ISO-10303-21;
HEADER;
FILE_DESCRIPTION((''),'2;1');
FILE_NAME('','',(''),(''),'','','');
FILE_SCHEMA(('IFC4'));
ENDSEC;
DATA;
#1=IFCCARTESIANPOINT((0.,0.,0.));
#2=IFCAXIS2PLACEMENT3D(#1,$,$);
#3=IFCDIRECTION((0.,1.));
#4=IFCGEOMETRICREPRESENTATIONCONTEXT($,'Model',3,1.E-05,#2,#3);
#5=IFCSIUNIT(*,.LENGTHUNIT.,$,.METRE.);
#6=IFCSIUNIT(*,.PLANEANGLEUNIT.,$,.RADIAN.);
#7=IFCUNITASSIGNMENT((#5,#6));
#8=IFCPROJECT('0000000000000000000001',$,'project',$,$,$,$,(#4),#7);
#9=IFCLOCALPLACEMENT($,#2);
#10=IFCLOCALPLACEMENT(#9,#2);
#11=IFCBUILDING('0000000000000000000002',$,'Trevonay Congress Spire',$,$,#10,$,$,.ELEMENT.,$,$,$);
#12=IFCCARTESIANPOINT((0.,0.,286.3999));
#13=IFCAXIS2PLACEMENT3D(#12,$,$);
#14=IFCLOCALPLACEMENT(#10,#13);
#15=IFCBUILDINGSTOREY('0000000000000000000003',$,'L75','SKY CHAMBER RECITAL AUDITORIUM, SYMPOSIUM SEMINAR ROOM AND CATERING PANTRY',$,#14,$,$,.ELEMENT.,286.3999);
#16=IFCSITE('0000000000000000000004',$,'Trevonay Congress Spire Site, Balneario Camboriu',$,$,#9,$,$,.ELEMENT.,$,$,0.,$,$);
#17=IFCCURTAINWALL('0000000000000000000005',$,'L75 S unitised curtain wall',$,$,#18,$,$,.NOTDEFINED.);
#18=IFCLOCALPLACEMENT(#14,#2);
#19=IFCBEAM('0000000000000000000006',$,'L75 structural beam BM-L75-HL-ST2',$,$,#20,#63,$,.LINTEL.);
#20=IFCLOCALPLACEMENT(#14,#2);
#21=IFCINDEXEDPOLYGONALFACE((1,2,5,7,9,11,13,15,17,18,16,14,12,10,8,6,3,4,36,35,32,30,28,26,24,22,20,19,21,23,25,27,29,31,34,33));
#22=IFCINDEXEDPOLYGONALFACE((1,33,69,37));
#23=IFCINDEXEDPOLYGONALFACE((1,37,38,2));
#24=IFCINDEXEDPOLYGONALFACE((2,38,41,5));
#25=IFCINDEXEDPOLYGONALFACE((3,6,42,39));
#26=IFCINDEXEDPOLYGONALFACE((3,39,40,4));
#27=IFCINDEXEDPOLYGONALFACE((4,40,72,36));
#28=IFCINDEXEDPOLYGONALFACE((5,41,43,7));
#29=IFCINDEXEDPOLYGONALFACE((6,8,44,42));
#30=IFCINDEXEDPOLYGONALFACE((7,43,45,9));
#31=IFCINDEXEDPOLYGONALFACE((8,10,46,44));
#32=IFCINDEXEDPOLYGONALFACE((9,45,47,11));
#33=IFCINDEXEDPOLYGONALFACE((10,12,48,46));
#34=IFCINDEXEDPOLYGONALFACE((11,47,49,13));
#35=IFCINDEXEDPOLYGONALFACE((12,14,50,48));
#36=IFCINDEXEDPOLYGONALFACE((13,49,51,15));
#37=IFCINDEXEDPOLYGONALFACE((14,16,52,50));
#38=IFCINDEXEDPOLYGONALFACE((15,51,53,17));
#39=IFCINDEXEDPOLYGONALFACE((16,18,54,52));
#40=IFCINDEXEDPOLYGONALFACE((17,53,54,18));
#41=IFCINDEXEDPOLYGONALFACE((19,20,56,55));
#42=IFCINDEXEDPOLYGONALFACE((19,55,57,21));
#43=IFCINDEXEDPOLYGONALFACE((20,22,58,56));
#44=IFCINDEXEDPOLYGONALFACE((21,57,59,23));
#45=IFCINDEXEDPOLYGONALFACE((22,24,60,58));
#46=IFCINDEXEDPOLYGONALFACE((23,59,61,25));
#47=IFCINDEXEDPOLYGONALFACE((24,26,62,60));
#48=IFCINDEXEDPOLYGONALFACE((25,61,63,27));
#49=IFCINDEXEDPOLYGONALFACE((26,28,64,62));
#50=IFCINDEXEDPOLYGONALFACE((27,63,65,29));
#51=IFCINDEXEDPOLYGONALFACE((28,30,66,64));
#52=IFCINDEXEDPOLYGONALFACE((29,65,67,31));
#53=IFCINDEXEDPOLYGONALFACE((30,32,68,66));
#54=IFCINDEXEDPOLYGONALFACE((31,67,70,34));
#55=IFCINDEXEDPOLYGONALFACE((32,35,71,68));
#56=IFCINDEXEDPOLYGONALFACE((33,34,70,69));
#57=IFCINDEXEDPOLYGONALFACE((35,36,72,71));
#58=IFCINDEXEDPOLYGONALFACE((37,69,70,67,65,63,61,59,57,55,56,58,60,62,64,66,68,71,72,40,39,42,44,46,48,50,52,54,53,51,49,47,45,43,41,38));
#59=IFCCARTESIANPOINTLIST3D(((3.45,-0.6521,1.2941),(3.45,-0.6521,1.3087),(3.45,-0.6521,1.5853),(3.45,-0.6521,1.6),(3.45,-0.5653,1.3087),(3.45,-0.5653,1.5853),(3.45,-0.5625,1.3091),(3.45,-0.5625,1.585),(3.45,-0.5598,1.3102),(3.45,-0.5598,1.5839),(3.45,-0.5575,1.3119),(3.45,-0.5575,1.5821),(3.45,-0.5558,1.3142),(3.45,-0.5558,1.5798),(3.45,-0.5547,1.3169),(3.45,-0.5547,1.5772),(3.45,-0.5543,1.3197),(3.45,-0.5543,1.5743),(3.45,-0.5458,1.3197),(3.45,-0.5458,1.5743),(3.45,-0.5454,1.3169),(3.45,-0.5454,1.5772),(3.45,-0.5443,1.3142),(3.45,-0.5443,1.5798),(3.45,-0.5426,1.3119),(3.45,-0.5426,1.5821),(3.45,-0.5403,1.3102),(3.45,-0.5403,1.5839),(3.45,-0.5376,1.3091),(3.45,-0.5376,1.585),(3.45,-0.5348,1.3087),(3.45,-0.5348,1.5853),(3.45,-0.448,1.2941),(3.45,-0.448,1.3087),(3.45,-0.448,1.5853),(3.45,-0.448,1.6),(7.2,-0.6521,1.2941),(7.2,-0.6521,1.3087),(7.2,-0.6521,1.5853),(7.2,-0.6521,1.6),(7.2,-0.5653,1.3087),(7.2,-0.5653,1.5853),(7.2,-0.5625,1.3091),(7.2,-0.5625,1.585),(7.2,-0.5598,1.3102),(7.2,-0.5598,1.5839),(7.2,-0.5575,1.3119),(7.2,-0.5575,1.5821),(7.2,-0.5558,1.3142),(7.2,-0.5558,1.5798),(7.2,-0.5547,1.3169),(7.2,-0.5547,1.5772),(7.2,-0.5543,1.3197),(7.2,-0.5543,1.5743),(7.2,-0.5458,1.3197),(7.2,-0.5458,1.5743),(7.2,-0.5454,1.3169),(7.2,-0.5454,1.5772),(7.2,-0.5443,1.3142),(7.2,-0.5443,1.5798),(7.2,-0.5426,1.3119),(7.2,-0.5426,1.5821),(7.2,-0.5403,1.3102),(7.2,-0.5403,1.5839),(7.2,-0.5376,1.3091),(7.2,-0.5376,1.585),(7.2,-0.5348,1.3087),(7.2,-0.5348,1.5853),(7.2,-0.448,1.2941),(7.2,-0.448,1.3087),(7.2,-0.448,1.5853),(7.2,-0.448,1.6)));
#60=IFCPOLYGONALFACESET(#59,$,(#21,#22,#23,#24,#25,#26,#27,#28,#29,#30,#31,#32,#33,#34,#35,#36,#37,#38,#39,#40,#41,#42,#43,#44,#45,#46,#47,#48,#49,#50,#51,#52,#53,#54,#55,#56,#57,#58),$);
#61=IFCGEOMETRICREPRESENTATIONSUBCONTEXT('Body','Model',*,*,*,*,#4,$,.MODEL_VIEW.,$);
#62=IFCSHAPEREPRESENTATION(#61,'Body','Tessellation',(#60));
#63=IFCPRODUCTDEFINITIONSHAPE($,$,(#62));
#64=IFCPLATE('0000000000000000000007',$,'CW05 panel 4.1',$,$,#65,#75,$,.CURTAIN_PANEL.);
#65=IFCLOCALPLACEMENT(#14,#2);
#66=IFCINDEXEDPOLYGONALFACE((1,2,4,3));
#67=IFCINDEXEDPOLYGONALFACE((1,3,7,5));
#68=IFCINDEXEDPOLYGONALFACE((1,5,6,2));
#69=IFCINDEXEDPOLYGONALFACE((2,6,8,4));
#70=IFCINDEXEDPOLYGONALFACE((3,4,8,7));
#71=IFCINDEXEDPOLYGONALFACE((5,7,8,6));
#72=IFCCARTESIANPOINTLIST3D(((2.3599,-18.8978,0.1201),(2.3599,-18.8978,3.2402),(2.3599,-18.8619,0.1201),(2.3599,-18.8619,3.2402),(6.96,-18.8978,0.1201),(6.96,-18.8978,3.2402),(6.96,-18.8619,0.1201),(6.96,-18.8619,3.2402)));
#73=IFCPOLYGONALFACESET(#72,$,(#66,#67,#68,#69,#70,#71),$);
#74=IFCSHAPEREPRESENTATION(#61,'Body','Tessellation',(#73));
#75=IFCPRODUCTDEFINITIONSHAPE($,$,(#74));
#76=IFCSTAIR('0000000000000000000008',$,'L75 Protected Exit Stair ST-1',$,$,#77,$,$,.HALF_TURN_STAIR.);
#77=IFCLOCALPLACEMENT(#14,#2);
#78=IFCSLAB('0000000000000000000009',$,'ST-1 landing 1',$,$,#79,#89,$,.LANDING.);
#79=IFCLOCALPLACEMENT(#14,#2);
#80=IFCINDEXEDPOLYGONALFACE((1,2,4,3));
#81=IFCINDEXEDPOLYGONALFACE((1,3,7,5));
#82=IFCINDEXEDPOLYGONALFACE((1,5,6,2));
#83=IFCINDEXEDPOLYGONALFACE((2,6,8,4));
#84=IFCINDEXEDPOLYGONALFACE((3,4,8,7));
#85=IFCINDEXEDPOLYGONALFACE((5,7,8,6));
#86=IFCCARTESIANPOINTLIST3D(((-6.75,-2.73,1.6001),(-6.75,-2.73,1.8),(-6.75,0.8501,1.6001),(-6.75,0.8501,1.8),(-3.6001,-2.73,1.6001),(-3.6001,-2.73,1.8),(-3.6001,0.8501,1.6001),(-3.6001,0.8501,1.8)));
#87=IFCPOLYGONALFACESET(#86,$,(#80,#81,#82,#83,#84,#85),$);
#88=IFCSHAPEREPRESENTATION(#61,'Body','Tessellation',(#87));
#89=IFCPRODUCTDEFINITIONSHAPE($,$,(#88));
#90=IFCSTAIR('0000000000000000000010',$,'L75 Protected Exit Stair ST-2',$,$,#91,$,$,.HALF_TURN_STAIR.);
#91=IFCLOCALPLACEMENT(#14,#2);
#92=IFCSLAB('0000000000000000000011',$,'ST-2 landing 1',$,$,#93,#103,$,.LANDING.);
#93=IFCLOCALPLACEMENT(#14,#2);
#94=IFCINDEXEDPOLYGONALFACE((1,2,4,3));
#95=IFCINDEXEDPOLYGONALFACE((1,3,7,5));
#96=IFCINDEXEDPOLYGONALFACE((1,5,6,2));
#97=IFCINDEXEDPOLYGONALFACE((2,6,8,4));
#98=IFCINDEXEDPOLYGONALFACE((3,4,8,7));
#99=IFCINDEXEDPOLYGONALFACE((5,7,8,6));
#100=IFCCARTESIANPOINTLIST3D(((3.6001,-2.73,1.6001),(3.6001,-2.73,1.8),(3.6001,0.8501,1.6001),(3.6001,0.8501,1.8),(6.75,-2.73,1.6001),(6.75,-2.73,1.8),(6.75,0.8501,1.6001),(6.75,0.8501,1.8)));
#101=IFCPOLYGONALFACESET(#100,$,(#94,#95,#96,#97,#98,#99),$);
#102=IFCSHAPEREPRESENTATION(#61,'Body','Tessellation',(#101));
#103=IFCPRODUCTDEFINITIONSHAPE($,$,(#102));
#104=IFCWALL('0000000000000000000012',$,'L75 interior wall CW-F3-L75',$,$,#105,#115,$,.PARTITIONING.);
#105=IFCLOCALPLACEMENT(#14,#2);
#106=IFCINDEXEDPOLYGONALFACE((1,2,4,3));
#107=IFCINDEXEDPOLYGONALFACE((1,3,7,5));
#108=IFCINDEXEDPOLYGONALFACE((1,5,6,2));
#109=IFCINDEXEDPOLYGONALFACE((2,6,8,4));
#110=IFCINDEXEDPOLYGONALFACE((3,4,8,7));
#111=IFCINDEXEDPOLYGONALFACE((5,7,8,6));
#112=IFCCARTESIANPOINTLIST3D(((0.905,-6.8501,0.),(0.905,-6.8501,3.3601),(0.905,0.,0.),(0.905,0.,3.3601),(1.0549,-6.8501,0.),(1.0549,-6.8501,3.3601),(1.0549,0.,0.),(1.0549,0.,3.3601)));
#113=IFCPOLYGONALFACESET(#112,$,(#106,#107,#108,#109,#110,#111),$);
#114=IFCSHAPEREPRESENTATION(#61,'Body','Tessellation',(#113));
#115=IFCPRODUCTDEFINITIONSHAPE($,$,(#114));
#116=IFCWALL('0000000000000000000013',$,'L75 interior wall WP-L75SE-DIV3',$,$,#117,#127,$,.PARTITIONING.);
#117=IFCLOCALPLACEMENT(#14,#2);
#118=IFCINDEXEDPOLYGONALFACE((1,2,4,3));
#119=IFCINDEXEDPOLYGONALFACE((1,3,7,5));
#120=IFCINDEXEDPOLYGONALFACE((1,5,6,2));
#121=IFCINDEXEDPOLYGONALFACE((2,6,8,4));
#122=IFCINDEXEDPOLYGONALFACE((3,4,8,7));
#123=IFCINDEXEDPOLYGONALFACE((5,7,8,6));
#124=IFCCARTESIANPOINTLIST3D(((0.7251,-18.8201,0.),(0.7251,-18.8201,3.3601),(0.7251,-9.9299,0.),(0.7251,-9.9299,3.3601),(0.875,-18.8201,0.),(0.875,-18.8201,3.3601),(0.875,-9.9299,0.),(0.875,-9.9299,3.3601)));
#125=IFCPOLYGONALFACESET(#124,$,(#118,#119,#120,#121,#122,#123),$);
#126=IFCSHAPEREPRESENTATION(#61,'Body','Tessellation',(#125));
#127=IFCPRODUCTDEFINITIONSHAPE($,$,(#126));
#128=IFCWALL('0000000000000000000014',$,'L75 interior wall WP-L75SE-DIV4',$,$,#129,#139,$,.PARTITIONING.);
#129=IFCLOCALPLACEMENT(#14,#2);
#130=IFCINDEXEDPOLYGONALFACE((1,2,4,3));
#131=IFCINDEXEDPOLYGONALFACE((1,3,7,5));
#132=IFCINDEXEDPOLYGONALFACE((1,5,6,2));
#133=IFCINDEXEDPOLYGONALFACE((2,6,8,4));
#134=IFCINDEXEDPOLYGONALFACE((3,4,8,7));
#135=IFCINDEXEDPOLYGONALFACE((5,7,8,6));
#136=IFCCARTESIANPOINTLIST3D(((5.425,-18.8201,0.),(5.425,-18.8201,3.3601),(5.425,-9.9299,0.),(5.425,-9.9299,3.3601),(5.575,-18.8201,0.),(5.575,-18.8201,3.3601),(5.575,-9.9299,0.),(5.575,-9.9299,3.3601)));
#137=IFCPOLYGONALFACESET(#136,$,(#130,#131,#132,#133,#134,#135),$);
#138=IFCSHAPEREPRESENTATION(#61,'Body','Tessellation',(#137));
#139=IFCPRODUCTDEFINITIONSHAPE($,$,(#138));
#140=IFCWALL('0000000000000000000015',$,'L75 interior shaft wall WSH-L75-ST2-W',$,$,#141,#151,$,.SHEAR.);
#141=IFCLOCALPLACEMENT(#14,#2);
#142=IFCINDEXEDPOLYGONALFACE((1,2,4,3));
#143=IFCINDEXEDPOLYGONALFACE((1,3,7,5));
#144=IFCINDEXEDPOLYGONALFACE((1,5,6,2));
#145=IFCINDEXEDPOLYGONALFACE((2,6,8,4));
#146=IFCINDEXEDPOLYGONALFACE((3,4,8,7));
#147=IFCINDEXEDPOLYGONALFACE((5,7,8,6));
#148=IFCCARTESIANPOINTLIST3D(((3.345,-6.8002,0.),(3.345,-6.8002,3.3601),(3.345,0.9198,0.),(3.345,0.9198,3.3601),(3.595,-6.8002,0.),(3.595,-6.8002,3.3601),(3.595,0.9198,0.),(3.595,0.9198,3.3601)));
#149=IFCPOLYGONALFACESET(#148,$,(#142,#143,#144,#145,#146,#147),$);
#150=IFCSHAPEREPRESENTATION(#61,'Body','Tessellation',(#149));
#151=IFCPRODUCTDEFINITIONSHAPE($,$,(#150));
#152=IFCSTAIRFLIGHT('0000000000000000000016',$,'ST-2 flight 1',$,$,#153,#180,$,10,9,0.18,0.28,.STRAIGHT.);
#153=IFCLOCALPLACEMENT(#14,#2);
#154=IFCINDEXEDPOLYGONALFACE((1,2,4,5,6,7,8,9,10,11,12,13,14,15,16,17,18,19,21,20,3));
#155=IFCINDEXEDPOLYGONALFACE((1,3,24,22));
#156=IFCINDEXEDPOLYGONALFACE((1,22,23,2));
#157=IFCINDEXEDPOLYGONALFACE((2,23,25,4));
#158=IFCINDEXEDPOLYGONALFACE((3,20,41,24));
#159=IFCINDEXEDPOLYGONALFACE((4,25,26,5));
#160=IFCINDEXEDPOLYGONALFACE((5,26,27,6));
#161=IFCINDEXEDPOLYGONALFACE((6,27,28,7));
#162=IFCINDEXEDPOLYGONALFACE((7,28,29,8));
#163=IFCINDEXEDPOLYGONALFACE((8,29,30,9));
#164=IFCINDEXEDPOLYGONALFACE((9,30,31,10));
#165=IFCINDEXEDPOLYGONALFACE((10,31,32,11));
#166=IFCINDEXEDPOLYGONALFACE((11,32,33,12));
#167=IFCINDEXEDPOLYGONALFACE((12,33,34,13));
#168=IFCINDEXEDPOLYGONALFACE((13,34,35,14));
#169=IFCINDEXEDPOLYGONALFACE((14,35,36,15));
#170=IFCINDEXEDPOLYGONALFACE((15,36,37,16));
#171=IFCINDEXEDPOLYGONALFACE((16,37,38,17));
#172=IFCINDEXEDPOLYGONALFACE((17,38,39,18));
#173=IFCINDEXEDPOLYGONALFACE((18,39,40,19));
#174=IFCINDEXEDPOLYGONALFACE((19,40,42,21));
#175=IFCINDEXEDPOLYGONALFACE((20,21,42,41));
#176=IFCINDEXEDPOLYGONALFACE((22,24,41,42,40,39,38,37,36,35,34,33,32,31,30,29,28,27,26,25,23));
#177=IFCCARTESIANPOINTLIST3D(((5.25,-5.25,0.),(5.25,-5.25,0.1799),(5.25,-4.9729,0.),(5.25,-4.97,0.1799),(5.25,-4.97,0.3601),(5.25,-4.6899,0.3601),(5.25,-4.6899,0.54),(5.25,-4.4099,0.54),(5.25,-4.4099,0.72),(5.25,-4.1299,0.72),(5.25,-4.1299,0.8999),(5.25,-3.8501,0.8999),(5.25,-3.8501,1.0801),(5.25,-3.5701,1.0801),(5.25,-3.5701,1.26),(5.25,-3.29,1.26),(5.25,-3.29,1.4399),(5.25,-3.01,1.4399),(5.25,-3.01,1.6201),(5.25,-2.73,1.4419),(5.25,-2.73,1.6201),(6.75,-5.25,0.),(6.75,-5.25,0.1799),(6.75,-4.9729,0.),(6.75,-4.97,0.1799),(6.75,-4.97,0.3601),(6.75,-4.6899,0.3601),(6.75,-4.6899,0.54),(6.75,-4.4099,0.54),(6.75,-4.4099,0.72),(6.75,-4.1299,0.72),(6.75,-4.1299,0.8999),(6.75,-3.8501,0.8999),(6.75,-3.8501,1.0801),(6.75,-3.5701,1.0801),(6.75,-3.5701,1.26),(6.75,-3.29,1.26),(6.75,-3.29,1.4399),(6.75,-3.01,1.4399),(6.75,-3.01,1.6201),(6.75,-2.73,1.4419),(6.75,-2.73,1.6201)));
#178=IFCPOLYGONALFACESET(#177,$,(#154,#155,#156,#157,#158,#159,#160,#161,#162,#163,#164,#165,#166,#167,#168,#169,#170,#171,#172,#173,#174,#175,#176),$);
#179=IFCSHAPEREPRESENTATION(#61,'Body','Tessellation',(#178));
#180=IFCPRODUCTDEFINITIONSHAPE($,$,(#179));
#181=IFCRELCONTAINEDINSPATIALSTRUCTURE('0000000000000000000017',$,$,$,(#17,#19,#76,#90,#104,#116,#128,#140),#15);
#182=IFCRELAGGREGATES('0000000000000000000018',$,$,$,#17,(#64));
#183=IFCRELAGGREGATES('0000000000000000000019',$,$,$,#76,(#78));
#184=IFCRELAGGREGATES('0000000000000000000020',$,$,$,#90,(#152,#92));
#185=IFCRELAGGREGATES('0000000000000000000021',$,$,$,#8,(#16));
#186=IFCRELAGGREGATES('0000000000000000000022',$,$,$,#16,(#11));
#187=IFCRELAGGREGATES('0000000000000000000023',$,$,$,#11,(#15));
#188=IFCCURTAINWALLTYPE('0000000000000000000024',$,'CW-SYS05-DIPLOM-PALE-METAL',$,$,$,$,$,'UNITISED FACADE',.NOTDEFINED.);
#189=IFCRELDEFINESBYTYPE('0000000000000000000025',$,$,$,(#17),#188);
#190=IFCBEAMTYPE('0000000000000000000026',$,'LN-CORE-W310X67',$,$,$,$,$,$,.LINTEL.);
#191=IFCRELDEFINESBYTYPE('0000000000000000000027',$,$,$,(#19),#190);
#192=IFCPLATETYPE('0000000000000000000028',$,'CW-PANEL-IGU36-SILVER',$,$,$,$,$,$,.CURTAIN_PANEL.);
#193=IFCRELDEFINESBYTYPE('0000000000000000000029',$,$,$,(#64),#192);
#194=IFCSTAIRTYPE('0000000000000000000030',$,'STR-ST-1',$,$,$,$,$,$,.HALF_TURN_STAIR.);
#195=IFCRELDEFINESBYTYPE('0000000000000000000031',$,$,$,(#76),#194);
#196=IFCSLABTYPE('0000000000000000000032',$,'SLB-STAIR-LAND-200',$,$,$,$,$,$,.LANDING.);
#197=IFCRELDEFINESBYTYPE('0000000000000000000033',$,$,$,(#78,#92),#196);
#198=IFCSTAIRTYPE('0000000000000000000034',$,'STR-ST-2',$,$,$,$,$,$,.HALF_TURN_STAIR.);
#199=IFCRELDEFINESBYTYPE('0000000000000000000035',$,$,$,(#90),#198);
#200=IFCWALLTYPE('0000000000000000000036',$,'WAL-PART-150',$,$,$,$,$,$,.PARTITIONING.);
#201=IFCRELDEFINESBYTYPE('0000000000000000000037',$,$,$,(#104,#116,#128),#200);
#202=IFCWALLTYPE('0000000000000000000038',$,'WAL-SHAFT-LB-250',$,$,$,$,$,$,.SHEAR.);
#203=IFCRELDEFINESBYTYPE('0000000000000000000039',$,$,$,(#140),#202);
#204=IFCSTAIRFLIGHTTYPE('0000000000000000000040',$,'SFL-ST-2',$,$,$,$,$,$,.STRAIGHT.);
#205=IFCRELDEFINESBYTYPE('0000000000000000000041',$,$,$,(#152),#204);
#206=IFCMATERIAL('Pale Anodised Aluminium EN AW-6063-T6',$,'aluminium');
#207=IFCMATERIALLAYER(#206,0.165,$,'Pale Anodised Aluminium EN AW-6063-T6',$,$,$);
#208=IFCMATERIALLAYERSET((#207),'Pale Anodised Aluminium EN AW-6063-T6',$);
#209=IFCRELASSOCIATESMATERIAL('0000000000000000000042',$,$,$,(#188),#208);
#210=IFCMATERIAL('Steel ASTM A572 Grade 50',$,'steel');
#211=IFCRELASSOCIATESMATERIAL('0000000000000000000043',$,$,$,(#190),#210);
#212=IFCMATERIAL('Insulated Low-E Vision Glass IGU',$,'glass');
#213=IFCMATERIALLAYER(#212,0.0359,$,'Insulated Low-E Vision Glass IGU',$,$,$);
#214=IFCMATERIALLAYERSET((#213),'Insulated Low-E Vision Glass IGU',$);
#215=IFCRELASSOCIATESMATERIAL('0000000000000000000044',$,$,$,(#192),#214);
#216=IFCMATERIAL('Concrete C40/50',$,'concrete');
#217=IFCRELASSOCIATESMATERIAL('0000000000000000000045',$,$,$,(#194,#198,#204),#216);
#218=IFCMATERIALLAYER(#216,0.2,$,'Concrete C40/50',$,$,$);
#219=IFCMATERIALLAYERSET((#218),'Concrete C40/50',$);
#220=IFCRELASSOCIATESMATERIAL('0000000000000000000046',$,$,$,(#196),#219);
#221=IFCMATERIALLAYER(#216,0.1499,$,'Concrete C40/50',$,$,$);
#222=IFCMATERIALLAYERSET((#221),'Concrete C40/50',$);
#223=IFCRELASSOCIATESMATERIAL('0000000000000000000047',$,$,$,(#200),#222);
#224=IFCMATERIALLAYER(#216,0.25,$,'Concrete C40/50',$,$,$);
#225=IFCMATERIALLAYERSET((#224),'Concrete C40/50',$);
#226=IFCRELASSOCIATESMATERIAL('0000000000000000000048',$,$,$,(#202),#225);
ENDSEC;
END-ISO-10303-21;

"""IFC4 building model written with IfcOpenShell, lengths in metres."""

from ifc_helpers import new_model, si_unit, direction, frame, frame_2d, origin, origin_2d, place, context, subcontext, project, spatial, polyline, rectangle, i_section, outline, extrude, material, layer, layer_set, material_profile, profile_set, type_object, element, aggregate, save


model = new_model("IFC4")

# Units and contexts
model_context = context("Model", 3, precision=1e-05, world=origin(), true_north=direction((0.0, 1.0)))
body_context = subcontext(model_context, "Body", "Model", "MODEL_VIEW")
ifc_project = project(units=[si_unit("LENGTHUNIT", "METRE"), si_unit("PLANEANGLEUNIT", "RADIAN")], contexts=[model_context])

# Site, building, storey
site_placement = place(None, origin())
site = spatial("IfcSite", under=ifc_project, at=site_placement, Name="Trevonay Congress Spire Site, Balneario Camboriu", CompositionType="ELEMENT", RefElevation=0.0)
building_placement = place(site_placement, origin())
building = spatial("IfcBuilding", under=site, at=building_placement, Name="Trevonay Congress Spire", CompositionType="ELEMENT")
storey_placement = place(building_placement, frame((0.0, 0.0, 286.3999)))
storey = spatial("IfcBuildingStorey", under=building, at=storey_placement, Name="L75", Description="SKY CHAMBER RECITAL AUDITORIUM, SYMPOSIUM SEMINAR ROOM AND CATERING PANTRY", CompositionType="ELEMENT", Elevation=286.3999)

# Shared definitions
ifc_material_1 = material(Name="Steel ASTM A572 Grade 50", Category="steel")

# Curtain wall
ifc_material_2 = material(Name="Pale Anodised Aluminium EN AW-6063-T6", Category="aluminium")
ifc_layer_1 = layer(ifc_material_2, 0.165, Name="Pale Anodised Aluminium EN AW-6063-T6")
ifc_layer_set_1 = layer_set([ifc_layer_1], Name="Pale Anodised Aluminium EN AW-6063-T6")
curtain_wall_type = type_object("IfcCurtainWallType", Name="CW-SYS05-DIPLOM-PALE-METAL", ElementType="UNITISED FACADE", PredefinedType="NOTDEFINED", material=ifc_layer_set_1)
curtain_wall_placement = place(storey_placement, origin())
curtain_wall = element("IfcCurtainWall", 1, at=curtain_wall_placement, inside=storey, type_object=curtain_wall_type, Name="L75 S unitised curtain wall", PredefinedType="NOTDEFINED")

# Beam
ifc_material_profile_1 = material_profile(ifc_material_1, i_section(OverallWidth=0.2041, OverallDepth=0.3059, WebThickness=0.0085, FlangeThickness=0.0146, FilletRadius=0.011, at=origin_2d()), Name="W310x67")
ifc_profile_set_1 = profile_set([ifc_material_profile_1], Name="Steel ASTM A572 Grade 50")
beam_type_1 = type_object("IfcBeamType", Name="LN-CORE-W310X67", PredefinedType="LINTEL", material=ifc_profile_set_1)
beam_1_placement = place(storey_placement, frame((3.45, -0.55, 1.447), z_axis=(1.0, 0.0, 0.0), x_axis=(0.0, 1.0, 0.0)))
element("IfcBeam", 2, at=beam_1_placement, inside=storey, type_object=beam_type_1, Name="L75 structural beam BM-L75-HL-ST2", PredefinedType="LINTEL", context=body_context, shape_type="SweptSolid", body=[
    extrude(i_section(OverallWidth=0.2041, OverallDepth=0.3059, WebThickness=0.0085, FlangeThickness=0.0146, FilletRadius=0.011, at=origin_2d()), origin(), (0.0, 0.0, 1.0), 3.75),
])

# Plate
ifc_material_3 = material(Name="Insulated Low-E Vision Glass IGU", Category="glass")
ifc_layer_2 = layer(ifc_material_3, 0.0359, Name="Insulated Low-E Vision Glass IGU")
ifc_layer_set_2 = layer_set([ifc_layer_2], Name="Insulated Low-E Vision Glass IGU")
plate_type = type_object("IfcPlateType", Name="CW-PANEL-IGU36-SILVER", PredefinedType="CURTAIN_PANEL", material=ifc_layer_set_2)
plate_placement = place(storey_placement, frame((4.6599, -18.8799, 0.1201), z_axis=(0.0, 0.0, 1.0), x_axis=(1.0, 0.0, 0.0)))
plate = element("IfcPlate", 3, at=plate_placement, type_object=plate_type, Name="CW05 panel 4.1", PredefinedType="CURTAIN_PANEL", context=body_context, shape_type="SweptSolid", body=[
    extrude(rectangle(XDim=4.6001, YDim=0.0359, at=origin_2d()), origin(), (0.0, 0.0, 1.0), 3.1201),
])
aggregate(curtain_wall, [plate])

# Stairs, slabs
ifc_material_4 = material(Name="Concrete C40/50", Category="concrete")
stair_type_1 = type_object("IfcStairType", Name="STR-ST-1", PredefinedType="HALF_TURN_STAIR", material=ifc_material_4)
stair_1_placement = place(storey_placement, origin())
stair_1 = element("IfcStair", 4, at=stair_1_placement, inside=storey, type_object=stair_type_1, Name="L75 Protected Exit Stair ST-1", PredefinedType="HALF_TURN_STAIR")
ifc_layer_3 = layer(ifc_material_4, 0.2, Name="Concrete C40/50")
ifc_layer_set_3 = layer_set([ifc_layer_3], Name="Concrete C40/50")
slab_type = type_object("IfcSlabType", Name="SLB-STAIR-LAND-200", PredefinedType="LANDING", material=ifc_layer_set_3)
slab_1_placement = place(storey_placement, frame((0.0, 0.0, 1.6001)))
slab_1 = element("IfcSlab", 5, at=slab_1_placement, type_object=slab_type, Name="ST-1 landing 1", PredefinedType="LANDING", context=body_context, shape_type="SweptSolid", body=[
    extrude(outline(polyline([(-3.6001, -2.73), (-3.6001, 0.8501), (-6.75, 0.8501), (-6.75, -2.73), (-3.6001, -2.73)])), origin(), (0.0, 0.0, 1.0), 0.2),
])
aggregate(stair_1, [slab_1])
stair_type_2 = type_object("IfcStairType", Name="STR-ST-2", PredefinedType="HALF_TURN_STAIR", material=ifc_material_4)
stair_2_placement = place(storey_placement, origin())
stair_2 = element("IfcStair", 6, at=stair_2_placement, inside=storey, type_object=stair_type_2, Name="L75 Protected Exit Stair ST-2", PredefinedType="HALF_TURN_STAIR")
slab_2_placement = place(storey_placement, frame((0.0, 0.0, 1.6001)))
slab_2 = element("IfcSlab", 7, at=slab_2_placement, type_object=slab_type, Name="ST-2 landing 1", PredefinedType="LANDING", context=body_context, shape_type="SweptSolid", body=[
    extrude(outline(polyline([(6.75, -2.73), (6.75, 0.8501), (3.6001, 0.8501), (3.6001, -2.73), (6.75, -2.73)])), origin(), (0.0, 0.0, 1.0), 0.2),
])

# Walls
ifc_layer_4 = layer(ifc_material_4, 0.1499, Name="Concrete C40/50")
ifc_layer_set_4 = layer_set([ifc_layer_4], Name="Concrete C40/50")
wall_type_1 = type_object("IfcWallType", Name="WAL-PART-150", PredefinedType="PARTITIONING", material=ifc_layer_set_4)
wall_1_placement = place(storey_placement, frame((0.98, -6.8501, 0.0), z_axis=(0.0, 0.0, 1.0), x_axis=(0.0, 1.0, 0.0)))
element("IfcWall", 8, at=wall_1_placement, inside=storey, type_object=wall_type_1, Name="L75 interior wall CW-F3-L75", PredefinedType="PARTITIONING", context=body_context, shape_type="SweptSolid", body=[
    extrude(rectangle(XDim=6.8501, YDim=0.1499, at=frame_2d((3.425, 0.0))), origin(), (0.0, 0.0, 1.0), 3.3601),
])
for number, where, z_axis, x_axis, name in (
    (9, (0.8, -18.8201, 0.0), (0.0, 0.0, 1.0), (0.0, 1.0, 0.0), "L75 interior wall WP-L75SE-DIV3"),
    (10, (5.5, -18.8201, 0.0), (0.0, 0.0, 1.0), (0.0, 1.0, 0.0), "L75 interior wall WP-L75SE-DIV4"),
):
    element("IfcWall", number, at=place(storey_placement, frame(where, z_axis=z_axis, x_axis=x_axis)), inside=storey, type_object=wall_type_1, Name=name, PredefinedType="PARTITIONING", context=body_context, shape_type="SweptSolid", body=[
        extrude(rectangle(XDim=8.8901, YDim=0.1499, at=frame_2d((4.4451, 0.0))), origin(), (0.0, 0.0, 1.0), 3.3601),
    ])
ifc_layer_5 = layer(ifc_material_4, 0.25, Name="Concrete C40/50")
ifc_layer_set_5 = layer_set([ifc_layer_5], Name="Concrete C40/50")
wall_type_2 = type_object("IfcWallType", Name="WAL-SHAFT-LB-250", PredefinedType="SHEAR", material=ifc_layer_set_5)
wall_2_placement = place(storey_placement, frame((3.47, -6.8, 0.0), z_axis=(0.0, 0.0, 1.0), x_axis=(0.0, 1.0, 0.0)))
element("IfcWall", 11, at=wall_2_placement, inside=storey, type_object=wall_type_2, Name="L75 interior shaft wall WSH-L75-ST2-W", PredefinedType="SHEAR", context=body_context, shape_type="SweptSolid", body=[
    extrude(rectangle(XDim=7.72, YDim=0.25, at=frame_2d((3.8599, 0.0))), origin(), (0.0, 0.0, 1.0), 3.3601),
])

# Stair flight
stair_flight_type = type_object("IfcStairFlightType", Name="SFL-ST-2", PredefinedType="STRAIGHT", material=ifc_material_4)
stair_flight_1_placement = place(storey_placement, frame((6.0, -5.25, 0.0), z_axis=(0.0, 0.0, 1.0), x_axis=(0.0, 1.0, 0.0)))
stair_flight_1 = element("IfcStairFlight", 12, at=stair_flight_1_placement, type_object=stair_flight_type, Name="ST-2 flight 1", NumberOfRisers=10, NumberOfTreads=9, PredefinedType="STRAIGHT", RiserHeight=0.18, TreadLength=0.28, context=body_context, shape_type="SweptSolid", body=[
    extrude(outline(polyline([(0.0, 0.0), (0.0, 0.1799), (0.28, 0.1799), (0.28, 0.3601), (0.5601, 0.3601), (0.5601, 0.54), (0.8401, 0.54), (0.8401, 0.72), (1.1201, 0.72), (1.1201, 0.8999), (1.3999, 0.8999), (1.3999, 1.0801), (1.6799, 1.0801), (1.6799, 1.26), (1.96, 1.26), (1.96, 1.4399), (2.24, 1.4399), (2.24, 1.6201), (2.52, 1.6201), (2.52, 1.8), (2.52, 1.4419), (0.2771, 0.0), (0.0, 0.0)])), frame((0.0, 0.75, 0.0), z_axis=(0.0, -1.0, 0.0), x_axis=(1.0, 0.0, 0.0)), (0.0, 0.0, 1.0), 1.5),
])
aggregate(stair_2, [stair_flight_1, slab_2])

save(model, "model.ifc")
